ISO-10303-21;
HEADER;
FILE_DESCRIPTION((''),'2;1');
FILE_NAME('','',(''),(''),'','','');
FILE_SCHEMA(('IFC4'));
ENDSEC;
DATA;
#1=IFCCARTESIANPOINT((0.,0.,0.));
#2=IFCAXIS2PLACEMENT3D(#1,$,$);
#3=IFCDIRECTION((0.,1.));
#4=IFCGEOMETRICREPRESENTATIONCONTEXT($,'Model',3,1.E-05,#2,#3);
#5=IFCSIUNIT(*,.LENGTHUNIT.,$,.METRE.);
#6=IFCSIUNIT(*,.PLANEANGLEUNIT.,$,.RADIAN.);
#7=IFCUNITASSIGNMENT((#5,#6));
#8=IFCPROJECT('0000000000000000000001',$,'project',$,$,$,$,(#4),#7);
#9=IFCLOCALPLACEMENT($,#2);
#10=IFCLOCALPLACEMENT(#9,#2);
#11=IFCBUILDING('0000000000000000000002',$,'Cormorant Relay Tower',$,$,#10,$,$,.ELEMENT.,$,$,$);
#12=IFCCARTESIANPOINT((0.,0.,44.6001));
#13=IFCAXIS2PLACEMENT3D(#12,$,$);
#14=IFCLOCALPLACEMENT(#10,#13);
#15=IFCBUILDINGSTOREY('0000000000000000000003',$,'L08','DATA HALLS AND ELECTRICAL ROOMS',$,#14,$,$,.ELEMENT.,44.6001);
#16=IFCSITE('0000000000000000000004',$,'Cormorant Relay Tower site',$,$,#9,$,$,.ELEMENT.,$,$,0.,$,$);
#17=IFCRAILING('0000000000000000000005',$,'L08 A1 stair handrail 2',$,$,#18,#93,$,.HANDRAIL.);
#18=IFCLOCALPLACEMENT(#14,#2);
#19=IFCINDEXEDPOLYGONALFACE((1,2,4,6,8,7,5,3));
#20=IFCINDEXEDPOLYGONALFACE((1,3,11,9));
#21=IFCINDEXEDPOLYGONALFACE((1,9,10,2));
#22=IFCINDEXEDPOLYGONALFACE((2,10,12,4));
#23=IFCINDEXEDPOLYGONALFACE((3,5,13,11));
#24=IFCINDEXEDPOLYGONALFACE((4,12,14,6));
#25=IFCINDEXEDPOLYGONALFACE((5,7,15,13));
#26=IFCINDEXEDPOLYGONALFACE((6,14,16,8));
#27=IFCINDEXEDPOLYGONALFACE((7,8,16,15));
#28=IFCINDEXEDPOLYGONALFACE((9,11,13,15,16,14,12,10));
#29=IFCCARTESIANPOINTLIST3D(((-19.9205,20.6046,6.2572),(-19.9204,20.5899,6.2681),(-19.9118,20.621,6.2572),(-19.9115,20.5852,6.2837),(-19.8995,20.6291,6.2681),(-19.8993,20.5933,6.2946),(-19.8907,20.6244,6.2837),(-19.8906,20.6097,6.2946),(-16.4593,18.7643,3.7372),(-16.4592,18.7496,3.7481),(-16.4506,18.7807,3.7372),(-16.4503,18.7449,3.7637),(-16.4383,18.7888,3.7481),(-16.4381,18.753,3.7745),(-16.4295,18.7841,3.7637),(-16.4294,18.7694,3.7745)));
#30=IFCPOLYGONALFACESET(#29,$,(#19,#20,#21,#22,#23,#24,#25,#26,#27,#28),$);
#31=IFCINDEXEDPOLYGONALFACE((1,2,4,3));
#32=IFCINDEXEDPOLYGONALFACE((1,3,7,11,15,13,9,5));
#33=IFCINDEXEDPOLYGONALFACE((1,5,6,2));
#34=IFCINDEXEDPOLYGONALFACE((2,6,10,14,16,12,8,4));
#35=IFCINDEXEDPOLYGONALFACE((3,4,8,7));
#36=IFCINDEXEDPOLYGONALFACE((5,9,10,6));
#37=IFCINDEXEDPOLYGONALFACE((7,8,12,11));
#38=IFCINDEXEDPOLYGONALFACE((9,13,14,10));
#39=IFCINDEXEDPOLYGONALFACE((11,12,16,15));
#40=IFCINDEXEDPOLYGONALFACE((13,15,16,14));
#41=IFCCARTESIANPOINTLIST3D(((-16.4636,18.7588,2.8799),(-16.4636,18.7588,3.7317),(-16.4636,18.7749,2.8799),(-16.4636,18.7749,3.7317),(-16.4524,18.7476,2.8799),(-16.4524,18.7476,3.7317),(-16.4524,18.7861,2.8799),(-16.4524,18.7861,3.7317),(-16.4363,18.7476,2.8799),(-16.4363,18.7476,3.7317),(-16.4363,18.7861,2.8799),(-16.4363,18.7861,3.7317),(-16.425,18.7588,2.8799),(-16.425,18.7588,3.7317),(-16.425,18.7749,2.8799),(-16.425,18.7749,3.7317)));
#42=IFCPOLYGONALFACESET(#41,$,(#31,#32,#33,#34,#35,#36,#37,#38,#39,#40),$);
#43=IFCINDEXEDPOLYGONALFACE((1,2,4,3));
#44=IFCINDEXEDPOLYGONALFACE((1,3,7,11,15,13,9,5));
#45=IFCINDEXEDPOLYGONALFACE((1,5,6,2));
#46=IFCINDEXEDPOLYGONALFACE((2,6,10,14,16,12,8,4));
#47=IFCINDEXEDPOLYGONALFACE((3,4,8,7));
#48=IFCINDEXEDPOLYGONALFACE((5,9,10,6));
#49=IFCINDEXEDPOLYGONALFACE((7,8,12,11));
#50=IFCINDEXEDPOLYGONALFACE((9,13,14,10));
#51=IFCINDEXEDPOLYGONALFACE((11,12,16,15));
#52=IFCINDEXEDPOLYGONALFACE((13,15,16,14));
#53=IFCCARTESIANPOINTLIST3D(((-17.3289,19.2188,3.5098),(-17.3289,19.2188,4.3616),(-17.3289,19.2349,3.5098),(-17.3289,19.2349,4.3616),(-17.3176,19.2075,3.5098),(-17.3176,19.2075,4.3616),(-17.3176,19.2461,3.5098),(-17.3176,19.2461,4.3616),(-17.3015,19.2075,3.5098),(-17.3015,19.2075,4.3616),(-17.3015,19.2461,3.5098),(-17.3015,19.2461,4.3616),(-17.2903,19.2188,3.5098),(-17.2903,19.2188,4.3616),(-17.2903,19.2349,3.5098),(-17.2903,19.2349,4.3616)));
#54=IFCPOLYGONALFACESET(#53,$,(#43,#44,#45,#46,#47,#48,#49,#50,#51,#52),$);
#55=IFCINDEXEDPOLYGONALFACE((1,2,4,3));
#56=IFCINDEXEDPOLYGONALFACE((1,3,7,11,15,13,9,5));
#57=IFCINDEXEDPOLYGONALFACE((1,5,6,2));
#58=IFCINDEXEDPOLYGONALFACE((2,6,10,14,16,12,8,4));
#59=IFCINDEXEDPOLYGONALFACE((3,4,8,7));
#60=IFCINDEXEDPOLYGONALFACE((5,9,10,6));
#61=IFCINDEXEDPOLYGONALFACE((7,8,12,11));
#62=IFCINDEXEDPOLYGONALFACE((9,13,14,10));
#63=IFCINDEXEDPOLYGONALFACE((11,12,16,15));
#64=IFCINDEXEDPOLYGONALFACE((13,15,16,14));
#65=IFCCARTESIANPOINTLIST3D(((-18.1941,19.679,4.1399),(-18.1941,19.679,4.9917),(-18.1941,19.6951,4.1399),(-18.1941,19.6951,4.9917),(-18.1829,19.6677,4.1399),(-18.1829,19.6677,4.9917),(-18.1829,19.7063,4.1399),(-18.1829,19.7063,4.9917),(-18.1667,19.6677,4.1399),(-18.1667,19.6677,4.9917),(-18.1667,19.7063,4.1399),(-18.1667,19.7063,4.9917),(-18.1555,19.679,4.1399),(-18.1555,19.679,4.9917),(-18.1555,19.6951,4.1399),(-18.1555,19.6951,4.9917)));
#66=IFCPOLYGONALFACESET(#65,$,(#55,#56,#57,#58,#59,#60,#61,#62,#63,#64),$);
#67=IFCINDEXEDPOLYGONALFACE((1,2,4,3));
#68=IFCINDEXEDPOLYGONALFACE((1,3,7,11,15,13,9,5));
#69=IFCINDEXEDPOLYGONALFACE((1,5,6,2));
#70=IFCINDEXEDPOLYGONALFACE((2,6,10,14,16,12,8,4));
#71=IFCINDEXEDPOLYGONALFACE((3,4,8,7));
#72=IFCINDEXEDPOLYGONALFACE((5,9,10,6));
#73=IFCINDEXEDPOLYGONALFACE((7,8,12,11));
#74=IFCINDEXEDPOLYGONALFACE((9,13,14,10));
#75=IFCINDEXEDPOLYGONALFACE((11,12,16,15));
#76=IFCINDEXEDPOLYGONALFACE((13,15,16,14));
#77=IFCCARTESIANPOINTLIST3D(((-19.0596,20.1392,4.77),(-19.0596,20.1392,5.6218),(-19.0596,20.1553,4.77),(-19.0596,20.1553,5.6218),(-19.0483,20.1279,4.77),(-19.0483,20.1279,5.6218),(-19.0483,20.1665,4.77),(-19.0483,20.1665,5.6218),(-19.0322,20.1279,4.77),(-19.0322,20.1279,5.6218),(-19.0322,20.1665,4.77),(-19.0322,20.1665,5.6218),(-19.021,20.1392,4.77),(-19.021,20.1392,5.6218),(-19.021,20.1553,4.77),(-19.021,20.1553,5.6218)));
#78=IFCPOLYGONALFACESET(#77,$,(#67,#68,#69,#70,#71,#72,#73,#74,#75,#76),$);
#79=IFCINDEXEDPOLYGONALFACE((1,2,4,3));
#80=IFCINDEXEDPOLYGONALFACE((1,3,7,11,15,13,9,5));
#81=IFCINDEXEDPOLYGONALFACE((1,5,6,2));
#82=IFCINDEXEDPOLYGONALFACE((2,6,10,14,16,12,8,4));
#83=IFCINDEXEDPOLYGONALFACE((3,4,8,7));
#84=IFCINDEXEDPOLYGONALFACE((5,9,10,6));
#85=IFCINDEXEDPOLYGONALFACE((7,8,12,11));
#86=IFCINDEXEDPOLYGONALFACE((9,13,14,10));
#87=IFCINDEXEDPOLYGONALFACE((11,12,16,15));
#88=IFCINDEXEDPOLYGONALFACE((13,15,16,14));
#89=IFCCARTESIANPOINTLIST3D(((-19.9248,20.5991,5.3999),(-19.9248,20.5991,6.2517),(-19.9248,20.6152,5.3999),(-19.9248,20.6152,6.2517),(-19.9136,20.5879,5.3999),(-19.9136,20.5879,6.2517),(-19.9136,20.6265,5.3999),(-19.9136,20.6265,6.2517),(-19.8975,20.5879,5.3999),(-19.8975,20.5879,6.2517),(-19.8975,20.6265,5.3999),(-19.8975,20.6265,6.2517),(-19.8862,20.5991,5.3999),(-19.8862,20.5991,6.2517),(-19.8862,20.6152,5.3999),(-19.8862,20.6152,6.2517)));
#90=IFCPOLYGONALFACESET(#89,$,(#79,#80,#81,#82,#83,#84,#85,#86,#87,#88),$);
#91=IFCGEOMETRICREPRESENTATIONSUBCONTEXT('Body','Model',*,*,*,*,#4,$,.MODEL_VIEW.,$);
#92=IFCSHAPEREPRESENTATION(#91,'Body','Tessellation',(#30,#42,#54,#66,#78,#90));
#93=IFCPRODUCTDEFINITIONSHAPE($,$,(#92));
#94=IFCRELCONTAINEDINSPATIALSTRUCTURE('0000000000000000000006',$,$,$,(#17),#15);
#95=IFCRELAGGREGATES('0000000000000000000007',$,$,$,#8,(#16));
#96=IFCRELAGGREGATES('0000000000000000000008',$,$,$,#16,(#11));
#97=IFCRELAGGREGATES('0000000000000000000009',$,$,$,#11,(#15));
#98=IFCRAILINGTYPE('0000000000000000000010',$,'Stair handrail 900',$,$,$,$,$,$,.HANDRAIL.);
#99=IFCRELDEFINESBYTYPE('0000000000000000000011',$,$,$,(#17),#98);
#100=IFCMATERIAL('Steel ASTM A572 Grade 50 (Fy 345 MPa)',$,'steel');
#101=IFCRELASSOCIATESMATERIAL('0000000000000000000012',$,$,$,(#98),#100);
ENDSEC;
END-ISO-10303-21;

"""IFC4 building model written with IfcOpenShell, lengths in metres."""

from ifc_helpers import new_model, si_unit, direction, frame, origin, place, context, subcontext, project, spatial, polyline, outline, extrude, material, type_object, element, save


model = new_model("IFC4")

# Units and contexts
model_context = context("Model", 3, precision=1e-05, world=origin(), true_north=direction((0.0, 1.0)))
body_context = subcontext(model_context, "Body", "Model", "MODEL_VIEW")
ifc_project = project(units=[si_unit("LENGTHUNIT", "METRE"), si_unit("PLANEANGLEUNIT", "RADIAN")], contexts=[model_context])

# Site, building, storey
site_placement = place(None, origin())
site = spatial("IfcSite", under=ifc_project, at=site_placement, Name="Cormorant Relay Tower site", CompositionType="ELEMENT", RefElevation=0.0)
building_placement = place(site_placement, origin())
building = spatial("IfcBuilding", under=site, at=building_placement, Name="Cormorant Relay Tower", CompositionType="ELEMENT")
storey_placement = place(building_placement, frame((0.0, 0.0, 44.6001)))
storey = spatial("IfcBuildingStorey", under=building, at=storey_placement, Name="L08", Description="DATA HALLS AND ELECTRICAL ROOMS", CompositionType="ELEMENT", Elevation=44.6001)

# Railing
ifc_material_1 = material(Name="Steel ASTM A572 Grade 50 (Fy 345 MPa)", Category="steel")
railing_type_1 = type_object("IfcRailingType", Name="Stair handrail 900", PredefinedType="HANDRAIL", material=ifc_material_1)
railing_1_placement = place(storey_placement, frame((-16.4443, 18.7668, 2.8799)))
element("IfcRailing", 1, at=railing_1_placement, inside=storey, type_object=railing_type_1, Name="L08 A1 stair handrail 2", PredefinedType="HANDRAIL", context=body_context, shape_type="SweptSolid", body=[
    extrude(outline(polyline([(0.0222, 0.0093), (0.0093, 0.0222), (-0.0093, 0.0222), (-0.0222, 0.0093), (-0.0222, -0.0093), (-0.0093, -0.0222), (0.0093, -0.0222), (0.0222, -0.0093), (0.0222, 0.0093)])), frame((0.0, 0.0, 0.876), z_axis=(-0.742717, 0.394907, 0.540758), x_axis=(-0.469469, -0.882949, 0.0)), (0.0, 0.0, 1.0), 4.6602),
    extrude(outline(polyline([(0.0193, 0.0081), (0.0081, 0.0193), (-0.0081, 0.0193), (-0.0193, 0.0081), (-0.0193, -0.0081), (-0.0081, -0.0193), (0.0081, -0.0193), (0.0193, -0.0081), (0.0193, 0.0081)])), origin(), (0.0, 0.0, 1.0), 0.8518),
    extrude(outline(polyline([(0.0193, 0.0081), (0.0081, 0.0193), (-0.0081, 0.0193), (-0.0193, 0.0081), (-0.0193, -0.0081), (-0.0081, -0.0193), (0.0081, -0.0193), (0.0193, -0.0081), (0.0193, 0.0081)])), frame((-0.8652, 0.46, 0.6299)), (0.0, 0.0, 1.0), 0.8518),
    extrude(outline(polyline([(0.0193, 0.0081), (0.0081, 0.0193), (-0.0081, 0.0193), (-0.0193, 0.0081), (-0.0193, -0.0081), (-0.0081, -0.0193), (0.0081, -0.0193), (0.0193, -0.0081), (0.0193, 0.0081)])), frame((-1.7305, 0.9202, 1.26)), (0.0, 0.0, 1.0), 0.8518),
    extrude(outline(polyline([(0.0193, 0.0081), (0.0081, 0.0193), (-0.0081, 0.0193), (-0.0193, 0.0081), (-0.0193, -0.0081), (-0.0081, -0.0193), (0.0081, -0.0193), (0.0193, -0.0081), (0.0193, 0.0081)])), frame((-2.5959, 1.3804, 1.8901)), (0.0, 0.0, 1.0), 0.8518),
    extrude(outline(polyline([(0.0193, 0.0081), (0.0081, 0.0193), (-0.0081, 0.0193), (-0.0193, 0.0081), (-0.0193, -0.0081), (-0.0081, -0.0193), (0.0081, -0.0193), (0.0193, -0.0081), (0.0193, 0.0081)])), frame((-3.4612, 1.8403, 2.52)), (0.0, 0.0, 1.0), 0.8518),
])

save(model, "model.ifc")
